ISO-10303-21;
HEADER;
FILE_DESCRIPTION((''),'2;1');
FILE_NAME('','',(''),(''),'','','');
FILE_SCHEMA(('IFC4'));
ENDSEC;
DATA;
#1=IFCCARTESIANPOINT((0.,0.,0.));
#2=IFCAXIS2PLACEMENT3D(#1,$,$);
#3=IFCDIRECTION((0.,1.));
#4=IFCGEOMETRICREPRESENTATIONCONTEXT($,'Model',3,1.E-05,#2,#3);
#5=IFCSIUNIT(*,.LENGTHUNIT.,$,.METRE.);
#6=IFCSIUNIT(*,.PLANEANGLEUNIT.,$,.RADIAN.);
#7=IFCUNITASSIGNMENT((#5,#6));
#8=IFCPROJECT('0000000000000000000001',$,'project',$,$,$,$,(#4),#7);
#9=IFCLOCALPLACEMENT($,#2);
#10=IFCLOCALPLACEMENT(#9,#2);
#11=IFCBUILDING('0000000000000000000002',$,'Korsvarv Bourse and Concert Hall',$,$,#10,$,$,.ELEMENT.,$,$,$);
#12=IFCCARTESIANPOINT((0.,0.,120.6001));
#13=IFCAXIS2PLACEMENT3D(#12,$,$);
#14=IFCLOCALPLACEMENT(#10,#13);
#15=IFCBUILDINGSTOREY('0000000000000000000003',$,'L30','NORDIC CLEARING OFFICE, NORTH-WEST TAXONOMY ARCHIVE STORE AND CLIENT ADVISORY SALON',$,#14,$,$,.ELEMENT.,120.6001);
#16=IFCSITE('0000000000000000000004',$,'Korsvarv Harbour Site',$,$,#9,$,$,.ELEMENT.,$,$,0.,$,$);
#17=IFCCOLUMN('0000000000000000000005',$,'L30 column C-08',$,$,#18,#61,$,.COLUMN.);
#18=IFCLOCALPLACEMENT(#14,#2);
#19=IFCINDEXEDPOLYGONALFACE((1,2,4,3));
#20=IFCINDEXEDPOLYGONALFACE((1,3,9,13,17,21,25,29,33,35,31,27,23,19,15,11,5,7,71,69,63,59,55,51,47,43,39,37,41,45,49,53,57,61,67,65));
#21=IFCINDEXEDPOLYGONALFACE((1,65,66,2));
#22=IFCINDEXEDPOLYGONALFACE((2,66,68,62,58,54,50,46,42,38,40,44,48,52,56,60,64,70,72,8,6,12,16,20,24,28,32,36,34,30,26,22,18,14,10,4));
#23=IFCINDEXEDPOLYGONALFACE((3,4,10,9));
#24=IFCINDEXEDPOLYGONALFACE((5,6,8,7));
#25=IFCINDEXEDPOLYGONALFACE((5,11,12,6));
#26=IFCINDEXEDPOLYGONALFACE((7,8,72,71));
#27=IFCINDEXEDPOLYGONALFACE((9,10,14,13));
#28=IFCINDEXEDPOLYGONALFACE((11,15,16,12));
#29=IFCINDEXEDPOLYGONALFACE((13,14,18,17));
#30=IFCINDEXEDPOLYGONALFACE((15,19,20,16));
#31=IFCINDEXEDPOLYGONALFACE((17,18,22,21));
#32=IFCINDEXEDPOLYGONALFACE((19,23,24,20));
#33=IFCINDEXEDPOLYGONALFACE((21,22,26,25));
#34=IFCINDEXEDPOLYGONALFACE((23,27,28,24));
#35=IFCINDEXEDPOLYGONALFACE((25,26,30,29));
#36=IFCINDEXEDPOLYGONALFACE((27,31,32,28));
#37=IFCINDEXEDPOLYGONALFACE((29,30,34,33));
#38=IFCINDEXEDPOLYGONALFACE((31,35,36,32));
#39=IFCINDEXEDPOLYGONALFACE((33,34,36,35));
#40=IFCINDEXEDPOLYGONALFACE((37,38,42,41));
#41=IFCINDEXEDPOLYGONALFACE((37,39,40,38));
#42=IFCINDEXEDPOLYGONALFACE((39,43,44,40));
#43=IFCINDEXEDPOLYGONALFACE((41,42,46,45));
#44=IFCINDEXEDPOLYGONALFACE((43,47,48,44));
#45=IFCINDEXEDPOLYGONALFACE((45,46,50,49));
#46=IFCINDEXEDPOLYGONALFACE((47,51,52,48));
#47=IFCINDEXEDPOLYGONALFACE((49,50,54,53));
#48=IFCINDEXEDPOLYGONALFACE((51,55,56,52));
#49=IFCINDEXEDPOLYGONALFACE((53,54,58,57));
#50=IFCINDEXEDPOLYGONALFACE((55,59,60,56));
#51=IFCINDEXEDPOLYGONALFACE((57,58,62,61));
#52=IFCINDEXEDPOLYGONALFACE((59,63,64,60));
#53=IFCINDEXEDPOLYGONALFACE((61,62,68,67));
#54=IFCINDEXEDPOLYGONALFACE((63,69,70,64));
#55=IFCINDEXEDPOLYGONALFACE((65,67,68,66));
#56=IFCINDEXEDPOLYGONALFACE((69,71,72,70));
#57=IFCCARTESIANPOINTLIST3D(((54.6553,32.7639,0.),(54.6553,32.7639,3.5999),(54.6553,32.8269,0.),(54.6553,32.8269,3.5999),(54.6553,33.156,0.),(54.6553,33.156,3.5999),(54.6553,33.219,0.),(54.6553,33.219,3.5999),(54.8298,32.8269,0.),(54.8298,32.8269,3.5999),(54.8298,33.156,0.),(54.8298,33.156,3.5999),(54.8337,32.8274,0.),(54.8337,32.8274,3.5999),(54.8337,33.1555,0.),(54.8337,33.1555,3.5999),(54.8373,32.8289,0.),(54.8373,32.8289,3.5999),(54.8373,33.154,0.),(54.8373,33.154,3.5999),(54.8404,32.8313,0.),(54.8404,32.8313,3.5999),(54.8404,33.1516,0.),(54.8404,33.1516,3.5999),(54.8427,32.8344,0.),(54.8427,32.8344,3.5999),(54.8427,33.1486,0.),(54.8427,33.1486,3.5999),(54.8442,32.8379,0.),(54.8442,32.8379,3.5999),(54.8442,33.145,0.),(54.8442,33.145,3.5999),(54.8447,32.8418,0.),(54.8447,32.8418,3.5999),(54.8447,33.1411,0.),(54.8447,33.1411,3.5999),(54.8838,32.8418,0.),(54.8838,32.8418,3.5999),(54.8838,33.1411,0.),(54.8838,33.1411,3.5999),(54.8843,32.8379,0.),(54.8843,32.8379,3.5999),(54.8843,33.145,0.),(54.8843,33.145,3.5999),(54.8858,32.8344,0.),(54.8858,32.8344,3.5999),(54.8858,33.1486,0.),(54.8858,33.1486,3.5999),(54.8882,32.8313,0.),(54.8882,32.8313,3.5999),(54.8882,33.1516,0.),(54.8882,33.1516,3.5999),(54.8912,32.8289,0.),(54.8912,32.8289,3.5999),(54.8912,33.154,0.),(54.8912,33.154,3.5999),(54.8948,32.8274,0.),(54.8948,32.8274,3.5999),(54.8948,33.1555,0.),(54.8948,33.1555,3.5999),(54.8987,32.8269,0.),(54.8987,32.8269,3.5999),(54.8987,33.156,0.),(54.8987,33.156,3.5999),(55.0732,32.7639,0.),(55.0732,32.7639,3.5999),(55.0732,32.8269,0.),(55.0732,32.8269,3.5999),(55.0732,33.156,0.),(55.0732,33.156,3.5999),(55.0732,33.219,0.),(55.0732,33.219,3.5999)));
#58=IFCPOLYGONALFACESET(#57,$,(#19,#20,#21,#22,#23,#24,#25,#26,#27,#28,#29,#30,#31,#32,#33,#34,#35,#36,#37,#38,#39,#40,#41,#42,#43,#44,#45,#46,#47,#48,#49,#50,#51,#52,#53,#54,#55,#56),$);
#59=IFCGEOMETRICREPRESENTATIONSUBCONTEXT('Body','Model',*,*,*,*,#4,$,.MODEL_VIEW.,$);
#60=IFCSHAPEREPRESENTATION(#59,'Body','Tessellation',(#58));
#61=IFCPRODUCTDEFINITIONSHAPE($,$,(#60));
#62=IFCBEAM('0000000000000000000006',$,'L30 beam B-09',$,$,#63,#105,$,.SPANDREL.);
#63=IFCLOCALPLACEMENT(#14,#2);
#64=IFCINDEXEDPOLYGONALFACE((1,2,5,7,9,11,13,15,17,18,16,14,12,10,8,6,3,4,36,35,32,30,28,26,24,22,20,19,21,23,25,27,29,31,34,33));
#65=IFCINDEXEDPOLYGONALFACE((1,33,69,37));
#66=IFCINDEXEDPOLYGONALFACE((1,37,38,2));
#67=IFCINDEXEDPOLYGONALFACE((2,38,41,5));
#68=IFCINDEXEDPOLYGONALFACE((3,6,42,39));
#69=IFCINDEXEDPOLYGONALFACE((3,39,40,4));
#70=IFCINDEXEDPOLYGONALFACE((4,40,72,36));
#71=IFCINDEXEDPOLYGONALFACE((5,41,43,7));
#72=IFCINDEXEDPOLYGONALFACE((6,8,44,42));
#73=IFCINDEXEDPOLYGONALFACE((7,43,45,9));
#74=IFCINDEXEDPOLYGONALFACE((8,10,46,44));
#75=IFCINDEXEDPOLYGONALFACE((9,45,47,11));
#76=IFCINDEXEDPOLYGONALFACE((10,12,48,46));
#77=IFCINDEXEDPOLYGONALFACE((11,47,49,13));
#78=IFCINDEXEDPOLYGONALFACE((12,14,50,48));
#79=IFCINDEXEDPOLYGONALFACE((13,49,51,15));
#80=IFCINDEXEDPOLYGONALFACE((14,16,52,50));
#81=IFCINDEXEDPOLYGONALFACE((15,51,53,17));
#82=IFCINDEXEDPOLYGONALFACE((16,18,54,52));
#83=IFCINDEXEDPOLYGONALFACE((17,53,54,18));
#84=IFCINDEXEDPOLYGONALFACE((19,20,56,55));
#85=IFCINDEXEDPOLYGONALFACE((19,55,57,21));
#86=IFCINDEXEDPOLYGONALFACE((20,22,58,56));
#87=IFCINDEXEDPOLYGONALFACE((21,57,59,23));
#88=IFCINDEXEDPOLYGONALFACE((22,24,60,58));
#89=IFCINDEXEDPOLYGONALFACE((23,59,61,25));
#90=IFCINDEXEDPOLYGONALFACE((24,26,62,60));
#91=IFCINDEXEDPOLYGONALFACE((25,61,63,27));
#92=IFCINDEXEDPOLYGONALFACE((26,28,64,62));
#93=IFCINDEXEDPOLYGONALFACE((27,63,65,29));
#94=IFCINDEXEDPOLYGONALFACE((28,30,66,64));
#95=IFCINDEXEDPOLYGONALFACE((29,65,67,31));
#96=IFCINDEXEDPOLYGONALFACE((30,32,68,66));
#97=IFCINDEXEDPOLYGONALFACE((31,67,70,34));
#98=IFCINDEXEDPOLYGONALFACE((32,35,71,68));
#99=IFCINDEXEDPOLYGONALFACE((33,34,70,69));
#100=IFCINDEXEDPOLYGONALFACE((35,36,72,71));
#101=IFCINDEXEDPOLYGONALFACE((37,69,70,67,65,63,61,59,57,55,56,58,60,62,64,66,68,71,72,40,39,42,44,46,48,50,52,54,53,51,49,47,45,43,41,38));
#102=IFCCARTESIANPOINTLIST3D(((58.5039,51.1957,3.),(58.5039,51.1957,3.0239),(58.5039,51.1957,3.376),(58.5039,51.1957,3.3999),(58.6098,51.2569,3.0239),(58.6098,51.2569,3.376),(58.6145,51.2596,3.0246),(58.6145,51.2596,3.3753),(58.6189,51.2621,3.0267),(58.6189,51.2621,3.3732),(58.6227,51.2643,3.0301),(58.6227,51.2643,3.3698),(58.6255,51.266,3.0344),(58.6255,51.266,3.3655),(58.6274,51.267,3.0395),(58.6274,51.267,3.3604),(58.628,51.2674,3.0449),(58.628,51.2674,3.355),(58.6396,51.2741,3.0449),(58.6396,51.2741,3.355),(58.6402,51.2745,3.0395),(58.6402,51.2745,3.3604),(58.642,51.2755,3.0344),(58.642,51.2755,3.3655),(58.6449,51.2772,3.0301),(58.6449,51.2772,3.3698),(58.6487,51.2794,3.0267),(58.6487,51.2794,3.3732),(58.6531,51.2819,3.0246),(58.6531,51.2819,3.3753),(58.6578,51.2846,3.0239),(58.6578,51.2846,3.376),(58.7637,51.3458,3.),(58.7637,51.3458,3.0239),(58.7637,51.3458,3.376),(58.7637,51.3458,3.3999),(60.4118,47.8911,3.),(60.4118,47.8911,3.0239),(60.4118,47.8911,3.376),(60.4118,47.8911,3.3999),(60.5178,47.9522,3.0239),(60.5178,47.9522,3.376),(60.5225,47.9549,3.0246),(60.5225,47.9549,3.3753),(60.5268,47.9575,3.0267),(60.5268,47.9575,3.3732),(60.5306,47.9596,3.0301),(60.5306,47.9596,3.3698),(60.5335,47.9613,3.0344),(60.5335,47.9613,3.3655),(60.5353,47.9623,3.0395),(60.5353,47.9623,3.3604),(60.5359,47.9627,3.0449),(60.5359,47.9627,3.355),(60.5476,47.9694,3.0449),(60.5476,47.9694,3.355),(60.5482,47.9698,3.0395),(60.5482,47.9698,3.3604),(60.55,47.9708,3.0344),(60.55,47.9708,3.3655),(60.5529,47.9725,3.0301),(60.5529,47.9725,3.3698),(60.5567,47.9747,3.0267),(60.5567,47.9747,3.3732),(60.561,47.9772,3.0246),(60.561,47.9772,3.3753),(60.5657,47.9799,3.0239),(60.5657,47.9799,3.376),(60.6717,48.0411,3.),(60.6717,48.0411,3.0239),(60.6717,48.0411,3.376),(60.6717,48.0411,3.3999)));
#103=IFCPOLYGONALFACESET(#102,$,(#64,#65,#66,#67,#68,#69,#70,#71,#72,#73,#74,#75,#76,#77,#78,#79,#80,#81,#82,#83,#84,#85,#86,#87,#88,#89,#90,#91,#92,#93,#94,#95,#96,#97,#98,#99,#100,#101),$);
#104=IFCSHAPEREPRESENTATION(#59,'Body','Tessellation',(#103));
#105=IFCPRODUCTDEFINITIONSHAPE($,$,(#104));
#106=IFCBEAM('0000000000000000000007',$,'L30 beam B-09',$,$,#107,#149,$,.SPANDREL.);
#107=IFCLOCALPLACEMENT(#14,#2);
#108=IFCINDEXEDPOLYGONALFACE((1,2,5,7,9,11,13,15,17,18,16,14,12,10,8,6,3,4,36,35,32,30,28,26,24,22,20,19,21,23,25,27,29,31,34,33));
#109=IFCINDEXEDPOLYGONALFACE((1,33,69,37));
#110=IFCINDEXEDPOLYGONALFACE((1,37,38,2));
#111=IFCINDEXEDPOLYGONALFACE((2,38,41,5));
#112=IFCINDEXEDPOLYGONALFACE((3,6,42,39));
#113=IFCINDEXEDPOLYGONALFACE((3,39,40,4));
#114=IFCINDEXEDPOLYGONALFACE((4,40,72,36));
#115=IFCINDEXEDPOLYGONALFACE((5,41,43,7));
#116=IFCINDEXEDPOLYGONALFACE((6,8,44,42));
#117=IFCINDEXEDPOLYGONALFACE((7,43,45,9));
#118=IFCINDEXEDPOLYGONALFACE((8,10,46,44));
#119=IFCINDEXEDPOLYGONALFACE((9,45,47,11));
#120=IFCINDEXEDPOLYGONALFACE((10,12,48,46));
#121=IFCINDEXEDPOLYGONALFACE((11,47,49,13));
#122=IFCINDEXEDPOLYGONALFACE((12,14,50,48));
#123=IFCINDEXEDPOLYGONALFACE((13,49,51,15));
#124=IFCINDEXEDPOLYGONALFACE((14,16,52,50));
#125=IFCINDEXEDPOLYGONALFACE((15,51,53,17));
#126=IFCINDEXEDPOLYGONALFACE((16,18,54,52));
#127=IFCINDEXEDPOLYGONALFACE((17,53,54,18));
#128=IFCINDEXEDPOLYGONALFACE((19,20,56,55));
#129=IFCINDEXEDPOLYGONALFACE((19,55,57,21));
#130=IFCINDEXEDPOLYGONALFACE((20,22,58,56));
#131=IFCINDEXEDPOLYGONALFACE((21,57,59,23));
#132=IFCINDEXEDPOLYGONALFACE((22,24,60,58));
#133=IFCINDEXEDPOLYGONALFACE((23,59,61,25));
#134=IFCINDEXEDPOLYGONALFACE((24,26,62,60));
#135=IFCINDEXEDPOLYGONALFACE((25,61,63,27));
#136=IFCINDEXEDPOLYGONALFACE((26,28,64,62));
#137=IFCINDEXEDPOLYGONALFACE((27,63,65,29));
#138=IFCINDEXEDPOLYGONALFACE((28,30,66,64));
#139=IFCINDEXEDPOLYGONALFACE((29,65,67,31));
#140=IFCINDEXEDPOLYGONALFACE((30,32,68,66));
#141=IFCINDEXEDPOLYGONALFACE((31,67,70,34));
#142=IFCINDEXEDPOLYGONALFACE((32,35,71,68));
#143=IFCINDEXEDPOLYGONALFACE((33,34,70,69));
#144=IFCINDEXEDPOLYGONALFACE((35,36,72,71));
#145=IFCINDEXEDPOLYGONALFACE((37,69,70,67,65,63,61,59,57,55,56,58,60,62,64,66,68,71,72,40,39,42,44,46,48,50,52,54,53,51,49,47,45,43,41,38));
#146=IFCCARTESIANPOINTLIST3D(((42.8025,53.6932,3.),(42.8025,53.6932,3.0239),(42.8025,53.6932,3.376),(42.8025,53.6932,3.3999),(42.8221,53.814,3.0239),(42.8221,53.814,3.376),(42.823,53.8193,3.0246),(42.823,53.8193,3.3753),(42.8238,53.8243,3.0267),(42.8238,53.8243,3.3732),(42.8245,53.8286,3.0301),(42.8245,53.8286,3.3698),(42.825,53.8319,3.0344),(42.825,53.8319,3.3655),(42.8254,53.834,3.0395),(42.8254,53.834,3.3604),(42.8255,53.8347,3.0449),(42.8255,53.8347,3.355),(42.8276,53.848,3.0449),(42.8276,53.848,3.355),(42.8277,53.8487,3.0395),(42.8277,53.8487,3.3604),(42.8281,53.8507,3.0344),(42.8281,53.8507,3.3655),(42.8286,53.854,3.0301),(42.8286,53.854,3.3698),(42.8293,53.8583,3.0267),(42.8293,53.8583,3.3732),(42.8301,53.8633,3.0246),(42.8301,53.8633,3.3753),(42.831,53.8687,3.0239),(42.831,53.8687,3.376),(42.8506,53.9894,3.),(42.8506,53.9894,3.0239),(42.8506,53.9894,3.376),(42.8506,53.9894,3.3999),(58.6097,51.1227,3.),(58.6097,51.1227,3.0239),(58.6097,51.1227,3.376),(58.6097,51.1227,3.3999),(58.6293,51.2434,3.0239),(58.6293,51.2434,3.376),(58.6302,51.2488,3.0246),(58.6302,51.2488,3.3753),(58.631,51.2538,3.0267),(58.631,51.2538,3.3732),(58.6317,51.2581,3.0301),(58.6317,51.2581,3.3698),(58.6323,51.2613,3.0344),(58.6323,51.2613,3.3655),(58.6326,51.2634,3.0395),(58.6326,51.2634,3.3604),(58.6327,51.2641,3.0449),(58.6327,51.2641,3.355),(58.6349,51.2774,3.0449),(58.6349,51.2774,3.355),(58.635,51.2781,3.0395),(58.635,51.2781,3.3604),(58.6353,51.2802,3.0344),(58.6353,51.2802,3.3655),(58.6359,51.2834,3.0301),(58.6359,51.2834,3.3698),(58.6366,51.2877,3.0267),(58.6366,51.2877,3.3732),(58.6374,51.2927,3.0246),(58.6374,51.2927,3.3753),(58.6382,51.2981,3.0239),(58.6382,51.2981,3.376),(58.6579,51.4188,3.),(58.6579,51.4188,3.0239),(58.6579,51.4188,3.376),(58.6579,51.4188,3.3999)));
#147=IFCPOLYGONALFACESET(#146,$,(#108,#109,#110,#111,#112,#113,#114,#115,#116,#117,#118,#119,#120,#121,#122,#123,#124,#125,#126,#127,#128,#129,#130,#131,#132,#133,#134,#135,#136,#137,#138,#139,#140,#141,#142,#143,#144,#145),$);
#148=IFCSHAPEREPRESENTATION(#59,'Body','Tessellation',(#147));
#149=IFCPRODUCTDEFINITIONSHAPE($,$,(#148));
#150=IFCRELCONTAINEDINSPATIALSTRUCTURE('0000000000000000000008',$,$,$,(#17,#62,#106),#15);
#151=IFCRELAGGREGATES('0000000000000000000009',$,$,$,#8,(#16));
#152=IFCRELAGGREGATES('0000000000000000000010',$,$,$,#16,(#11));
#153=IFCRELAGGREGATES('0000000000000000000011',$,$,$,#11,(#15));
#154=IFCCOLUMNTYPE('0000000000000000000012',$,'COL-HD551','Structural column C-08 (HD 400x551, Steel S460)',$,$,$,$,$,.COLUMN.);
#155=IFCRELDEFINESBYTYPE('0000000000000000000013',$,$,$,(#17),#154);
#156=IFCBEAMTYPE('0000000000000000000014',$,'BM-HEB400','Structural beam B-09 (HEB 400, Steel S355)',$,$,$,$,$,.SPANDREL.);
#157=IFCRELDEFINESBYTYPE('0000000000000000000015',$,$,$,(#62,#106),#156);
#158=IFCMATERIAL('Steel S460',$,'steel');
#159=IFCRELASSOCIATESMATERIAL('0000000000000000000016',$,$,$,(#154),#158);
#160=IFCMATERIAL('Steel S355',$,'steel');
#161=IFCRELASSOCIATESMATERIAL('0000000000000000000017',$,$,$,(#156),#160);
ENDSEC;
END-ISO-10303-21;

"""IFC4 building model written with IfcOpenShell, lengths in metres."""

from ifc_helpers import new_model, si_unit, direction, frame, origin, origin_2d, place, context, subcontext, project, spatial, i_section, extrude, source, transform, mapped, material, material_profile, profile_set, type_object, element, save


model = new_model("IFC4")

# Units and contexts
model_context = context("Model", 3, precision=1e-05, world=origin(), true_north=direction((0.0, 1.0)))
body_context = subcontext(model_context, "Body", "Model", "MODEL_VIEW")
ifc_project = project(units=[si_unit("LENGTHUNIT", "METRE"), si_unit("PLANEANGLEUNIT", "RADIAN")], contexts=[model_context])

# Site, building, storey
site_placement = place(None, origin())
site = spatial("IfcSite", under=ifc_project, at=site_placement, Name="Korsvarv Harbour Site", CompositionType="ELEMENT", RefElevation=0.0)
building_placement = place(site_placement, origin())
building = spatial("IfcBuilding", under=site, at=building_placement, Name="Korsvarv Bourse and Concert Hall", CompositionType="ELEMENT")
storey_placement = place(building_placement, frame((0.0, 0.0, 120.6001)))
storey = spatial("IfcBuildingStorey", under=building, at=storey_placement, Name="L30", Description="NORDIC CLEARING OFFICE, NORTH-WEST TAXONOMY ARCHIVE STORE AND CLIENT ADVISORY SALON", CompositionType="ELEMENT", Elevation=120.6001)

# Column
ifc_material_1 = material(Name="Steel S460", Category="steel")
ifc_material_profile_1 = material_profile(ifc_material_1, i_section(OverallWidth=0.418, OverallDepth=0.4551, WebThickness=0.0391, FlangeThickness=0.063, FilletRadius=0.0149, at=origin_2d()), Name="HD 400x551")
ifc_profile_set_1 = profile_set([ifc_material_profile_1], Name="Steel S460")
column_type_1 = type_object("IfcColumnType", Name="COL-HD551", Description="Structural column C-08 (HD 400x551, Steel S460)", PredefinedType="COLUMN", material=ifc_profile_set_1)
shared_shape_1 = source(origin(), body_context, "Body", "SweptSolid", [
    extrude(i_section(OverallWidth=0.418, OverallDepth=0.4551, WebThickness=0.0391, FlangeThickness=0.063, FilletRadius=0.0149, at=origin_2d()), origin(), (0.0, 0.0, 1.0), 3.5999),
])
for number, where, z_axis, x_axis, name in (
    (1, (54.8643, 32.9915, 0.0), (0.0, 0.0, 1.0), (1.0, 0.0, 0.0), "L30 column C-08"),
):
    element("IfcColumn", number, at=place(storey_placement, frame(where, z_axis=z_axis, x_axis=x_axis)), inside=storey, type_object=column_type_1, Name=name, PredefinedType="COLUMN", context=body_context, shape_type="MappedRepresentation", body=[
        mapped(shared_shape_1, transform((0.0, 0.0, 0.0), scale=1.0)),
    ])

# Beams
ifc_material_2 = material(Name="Steel S355", Category="steel")
ifc_material_profile_2 = material_profile(ifc_material_2, i_section(OverallWidth=0.3, OverallDepth=0.3999, WebThickness=0.0134, FlangeThickness=0.0239, FilletRadius=0.021, at=origin_2d()), Name="HEB 400")
ifc_profile_set_2 = profile_set([ifc_material_profile_2], Name="Steel S355")
beam_type_1 = type_object("IfcBeamType", Name="BM-HEB400", Description="Structural beam B-09 (HEB 400, Steel S355)", PredefinedType="SPANDREL", material=ifc_profile_set_2)
shared_shape_2 = source(origin(), body_context, "Body", "SweptSolid", [
    extrude(i_section(OverallWidth=0.3, OverallDepth=0.3999, WebThickness=0.0134, FlangeThickness=0.0239, FilletRadius=0.021, at=origin_2d()), origin(), (0.0, 0.0, 1.0), 3.8159),
])
beam_1_placement = place(storey_placement, frame((60.5417, 47.9661, 3.2), z_axis=(-0.499999, 0.866026, 0.0), x_axis=(-0.866026, -0.499999, 0.0)))
element("IfcBeam", 2, at=beam_1_placement, inside=storey, type_object=beam_type_1, Name="L30 beam B-09", PredefinedType="SPANDREL", context=body_context, shape_type="MappedRepresentation", body=[
    mapped(shared_shape_2, transform((0.0, 0.0, 0.0), scale=1.0)),
])
shared_shape_3 = source(origin(), body_context, "Body", "SweptSolid", [
    extrude(i_section(OverallWidth=0.3, OverallDepth=0.3999, WebThickness=0.0134, FlangeThickness=0.0239, FilletRadius=0.021, at=origin_2d()), origin(), (0.0, 0.0, 1.0), 16.0149),
])
beam_2_placement = place(storey_placement, frame((58.6338, 51.2708, 3.2), z_axis=(-0.987034, 0.160512, 0.0), x_axis=(-0.160512, -0.987034, 0.0)))
element("IfcBeam", 3, at=beam_2_placement, inside=storey, type_object=beam_type_1, Name="L30 beam B-09", PredefinedType="SPANDREL", context=body_context, shape_type="MappedRepresentation", body=[
    mapped(shared_shape_3, transform((0.0, 0.0, 0.0), scale=1.0)),
])

save(model, "model.ifc")
